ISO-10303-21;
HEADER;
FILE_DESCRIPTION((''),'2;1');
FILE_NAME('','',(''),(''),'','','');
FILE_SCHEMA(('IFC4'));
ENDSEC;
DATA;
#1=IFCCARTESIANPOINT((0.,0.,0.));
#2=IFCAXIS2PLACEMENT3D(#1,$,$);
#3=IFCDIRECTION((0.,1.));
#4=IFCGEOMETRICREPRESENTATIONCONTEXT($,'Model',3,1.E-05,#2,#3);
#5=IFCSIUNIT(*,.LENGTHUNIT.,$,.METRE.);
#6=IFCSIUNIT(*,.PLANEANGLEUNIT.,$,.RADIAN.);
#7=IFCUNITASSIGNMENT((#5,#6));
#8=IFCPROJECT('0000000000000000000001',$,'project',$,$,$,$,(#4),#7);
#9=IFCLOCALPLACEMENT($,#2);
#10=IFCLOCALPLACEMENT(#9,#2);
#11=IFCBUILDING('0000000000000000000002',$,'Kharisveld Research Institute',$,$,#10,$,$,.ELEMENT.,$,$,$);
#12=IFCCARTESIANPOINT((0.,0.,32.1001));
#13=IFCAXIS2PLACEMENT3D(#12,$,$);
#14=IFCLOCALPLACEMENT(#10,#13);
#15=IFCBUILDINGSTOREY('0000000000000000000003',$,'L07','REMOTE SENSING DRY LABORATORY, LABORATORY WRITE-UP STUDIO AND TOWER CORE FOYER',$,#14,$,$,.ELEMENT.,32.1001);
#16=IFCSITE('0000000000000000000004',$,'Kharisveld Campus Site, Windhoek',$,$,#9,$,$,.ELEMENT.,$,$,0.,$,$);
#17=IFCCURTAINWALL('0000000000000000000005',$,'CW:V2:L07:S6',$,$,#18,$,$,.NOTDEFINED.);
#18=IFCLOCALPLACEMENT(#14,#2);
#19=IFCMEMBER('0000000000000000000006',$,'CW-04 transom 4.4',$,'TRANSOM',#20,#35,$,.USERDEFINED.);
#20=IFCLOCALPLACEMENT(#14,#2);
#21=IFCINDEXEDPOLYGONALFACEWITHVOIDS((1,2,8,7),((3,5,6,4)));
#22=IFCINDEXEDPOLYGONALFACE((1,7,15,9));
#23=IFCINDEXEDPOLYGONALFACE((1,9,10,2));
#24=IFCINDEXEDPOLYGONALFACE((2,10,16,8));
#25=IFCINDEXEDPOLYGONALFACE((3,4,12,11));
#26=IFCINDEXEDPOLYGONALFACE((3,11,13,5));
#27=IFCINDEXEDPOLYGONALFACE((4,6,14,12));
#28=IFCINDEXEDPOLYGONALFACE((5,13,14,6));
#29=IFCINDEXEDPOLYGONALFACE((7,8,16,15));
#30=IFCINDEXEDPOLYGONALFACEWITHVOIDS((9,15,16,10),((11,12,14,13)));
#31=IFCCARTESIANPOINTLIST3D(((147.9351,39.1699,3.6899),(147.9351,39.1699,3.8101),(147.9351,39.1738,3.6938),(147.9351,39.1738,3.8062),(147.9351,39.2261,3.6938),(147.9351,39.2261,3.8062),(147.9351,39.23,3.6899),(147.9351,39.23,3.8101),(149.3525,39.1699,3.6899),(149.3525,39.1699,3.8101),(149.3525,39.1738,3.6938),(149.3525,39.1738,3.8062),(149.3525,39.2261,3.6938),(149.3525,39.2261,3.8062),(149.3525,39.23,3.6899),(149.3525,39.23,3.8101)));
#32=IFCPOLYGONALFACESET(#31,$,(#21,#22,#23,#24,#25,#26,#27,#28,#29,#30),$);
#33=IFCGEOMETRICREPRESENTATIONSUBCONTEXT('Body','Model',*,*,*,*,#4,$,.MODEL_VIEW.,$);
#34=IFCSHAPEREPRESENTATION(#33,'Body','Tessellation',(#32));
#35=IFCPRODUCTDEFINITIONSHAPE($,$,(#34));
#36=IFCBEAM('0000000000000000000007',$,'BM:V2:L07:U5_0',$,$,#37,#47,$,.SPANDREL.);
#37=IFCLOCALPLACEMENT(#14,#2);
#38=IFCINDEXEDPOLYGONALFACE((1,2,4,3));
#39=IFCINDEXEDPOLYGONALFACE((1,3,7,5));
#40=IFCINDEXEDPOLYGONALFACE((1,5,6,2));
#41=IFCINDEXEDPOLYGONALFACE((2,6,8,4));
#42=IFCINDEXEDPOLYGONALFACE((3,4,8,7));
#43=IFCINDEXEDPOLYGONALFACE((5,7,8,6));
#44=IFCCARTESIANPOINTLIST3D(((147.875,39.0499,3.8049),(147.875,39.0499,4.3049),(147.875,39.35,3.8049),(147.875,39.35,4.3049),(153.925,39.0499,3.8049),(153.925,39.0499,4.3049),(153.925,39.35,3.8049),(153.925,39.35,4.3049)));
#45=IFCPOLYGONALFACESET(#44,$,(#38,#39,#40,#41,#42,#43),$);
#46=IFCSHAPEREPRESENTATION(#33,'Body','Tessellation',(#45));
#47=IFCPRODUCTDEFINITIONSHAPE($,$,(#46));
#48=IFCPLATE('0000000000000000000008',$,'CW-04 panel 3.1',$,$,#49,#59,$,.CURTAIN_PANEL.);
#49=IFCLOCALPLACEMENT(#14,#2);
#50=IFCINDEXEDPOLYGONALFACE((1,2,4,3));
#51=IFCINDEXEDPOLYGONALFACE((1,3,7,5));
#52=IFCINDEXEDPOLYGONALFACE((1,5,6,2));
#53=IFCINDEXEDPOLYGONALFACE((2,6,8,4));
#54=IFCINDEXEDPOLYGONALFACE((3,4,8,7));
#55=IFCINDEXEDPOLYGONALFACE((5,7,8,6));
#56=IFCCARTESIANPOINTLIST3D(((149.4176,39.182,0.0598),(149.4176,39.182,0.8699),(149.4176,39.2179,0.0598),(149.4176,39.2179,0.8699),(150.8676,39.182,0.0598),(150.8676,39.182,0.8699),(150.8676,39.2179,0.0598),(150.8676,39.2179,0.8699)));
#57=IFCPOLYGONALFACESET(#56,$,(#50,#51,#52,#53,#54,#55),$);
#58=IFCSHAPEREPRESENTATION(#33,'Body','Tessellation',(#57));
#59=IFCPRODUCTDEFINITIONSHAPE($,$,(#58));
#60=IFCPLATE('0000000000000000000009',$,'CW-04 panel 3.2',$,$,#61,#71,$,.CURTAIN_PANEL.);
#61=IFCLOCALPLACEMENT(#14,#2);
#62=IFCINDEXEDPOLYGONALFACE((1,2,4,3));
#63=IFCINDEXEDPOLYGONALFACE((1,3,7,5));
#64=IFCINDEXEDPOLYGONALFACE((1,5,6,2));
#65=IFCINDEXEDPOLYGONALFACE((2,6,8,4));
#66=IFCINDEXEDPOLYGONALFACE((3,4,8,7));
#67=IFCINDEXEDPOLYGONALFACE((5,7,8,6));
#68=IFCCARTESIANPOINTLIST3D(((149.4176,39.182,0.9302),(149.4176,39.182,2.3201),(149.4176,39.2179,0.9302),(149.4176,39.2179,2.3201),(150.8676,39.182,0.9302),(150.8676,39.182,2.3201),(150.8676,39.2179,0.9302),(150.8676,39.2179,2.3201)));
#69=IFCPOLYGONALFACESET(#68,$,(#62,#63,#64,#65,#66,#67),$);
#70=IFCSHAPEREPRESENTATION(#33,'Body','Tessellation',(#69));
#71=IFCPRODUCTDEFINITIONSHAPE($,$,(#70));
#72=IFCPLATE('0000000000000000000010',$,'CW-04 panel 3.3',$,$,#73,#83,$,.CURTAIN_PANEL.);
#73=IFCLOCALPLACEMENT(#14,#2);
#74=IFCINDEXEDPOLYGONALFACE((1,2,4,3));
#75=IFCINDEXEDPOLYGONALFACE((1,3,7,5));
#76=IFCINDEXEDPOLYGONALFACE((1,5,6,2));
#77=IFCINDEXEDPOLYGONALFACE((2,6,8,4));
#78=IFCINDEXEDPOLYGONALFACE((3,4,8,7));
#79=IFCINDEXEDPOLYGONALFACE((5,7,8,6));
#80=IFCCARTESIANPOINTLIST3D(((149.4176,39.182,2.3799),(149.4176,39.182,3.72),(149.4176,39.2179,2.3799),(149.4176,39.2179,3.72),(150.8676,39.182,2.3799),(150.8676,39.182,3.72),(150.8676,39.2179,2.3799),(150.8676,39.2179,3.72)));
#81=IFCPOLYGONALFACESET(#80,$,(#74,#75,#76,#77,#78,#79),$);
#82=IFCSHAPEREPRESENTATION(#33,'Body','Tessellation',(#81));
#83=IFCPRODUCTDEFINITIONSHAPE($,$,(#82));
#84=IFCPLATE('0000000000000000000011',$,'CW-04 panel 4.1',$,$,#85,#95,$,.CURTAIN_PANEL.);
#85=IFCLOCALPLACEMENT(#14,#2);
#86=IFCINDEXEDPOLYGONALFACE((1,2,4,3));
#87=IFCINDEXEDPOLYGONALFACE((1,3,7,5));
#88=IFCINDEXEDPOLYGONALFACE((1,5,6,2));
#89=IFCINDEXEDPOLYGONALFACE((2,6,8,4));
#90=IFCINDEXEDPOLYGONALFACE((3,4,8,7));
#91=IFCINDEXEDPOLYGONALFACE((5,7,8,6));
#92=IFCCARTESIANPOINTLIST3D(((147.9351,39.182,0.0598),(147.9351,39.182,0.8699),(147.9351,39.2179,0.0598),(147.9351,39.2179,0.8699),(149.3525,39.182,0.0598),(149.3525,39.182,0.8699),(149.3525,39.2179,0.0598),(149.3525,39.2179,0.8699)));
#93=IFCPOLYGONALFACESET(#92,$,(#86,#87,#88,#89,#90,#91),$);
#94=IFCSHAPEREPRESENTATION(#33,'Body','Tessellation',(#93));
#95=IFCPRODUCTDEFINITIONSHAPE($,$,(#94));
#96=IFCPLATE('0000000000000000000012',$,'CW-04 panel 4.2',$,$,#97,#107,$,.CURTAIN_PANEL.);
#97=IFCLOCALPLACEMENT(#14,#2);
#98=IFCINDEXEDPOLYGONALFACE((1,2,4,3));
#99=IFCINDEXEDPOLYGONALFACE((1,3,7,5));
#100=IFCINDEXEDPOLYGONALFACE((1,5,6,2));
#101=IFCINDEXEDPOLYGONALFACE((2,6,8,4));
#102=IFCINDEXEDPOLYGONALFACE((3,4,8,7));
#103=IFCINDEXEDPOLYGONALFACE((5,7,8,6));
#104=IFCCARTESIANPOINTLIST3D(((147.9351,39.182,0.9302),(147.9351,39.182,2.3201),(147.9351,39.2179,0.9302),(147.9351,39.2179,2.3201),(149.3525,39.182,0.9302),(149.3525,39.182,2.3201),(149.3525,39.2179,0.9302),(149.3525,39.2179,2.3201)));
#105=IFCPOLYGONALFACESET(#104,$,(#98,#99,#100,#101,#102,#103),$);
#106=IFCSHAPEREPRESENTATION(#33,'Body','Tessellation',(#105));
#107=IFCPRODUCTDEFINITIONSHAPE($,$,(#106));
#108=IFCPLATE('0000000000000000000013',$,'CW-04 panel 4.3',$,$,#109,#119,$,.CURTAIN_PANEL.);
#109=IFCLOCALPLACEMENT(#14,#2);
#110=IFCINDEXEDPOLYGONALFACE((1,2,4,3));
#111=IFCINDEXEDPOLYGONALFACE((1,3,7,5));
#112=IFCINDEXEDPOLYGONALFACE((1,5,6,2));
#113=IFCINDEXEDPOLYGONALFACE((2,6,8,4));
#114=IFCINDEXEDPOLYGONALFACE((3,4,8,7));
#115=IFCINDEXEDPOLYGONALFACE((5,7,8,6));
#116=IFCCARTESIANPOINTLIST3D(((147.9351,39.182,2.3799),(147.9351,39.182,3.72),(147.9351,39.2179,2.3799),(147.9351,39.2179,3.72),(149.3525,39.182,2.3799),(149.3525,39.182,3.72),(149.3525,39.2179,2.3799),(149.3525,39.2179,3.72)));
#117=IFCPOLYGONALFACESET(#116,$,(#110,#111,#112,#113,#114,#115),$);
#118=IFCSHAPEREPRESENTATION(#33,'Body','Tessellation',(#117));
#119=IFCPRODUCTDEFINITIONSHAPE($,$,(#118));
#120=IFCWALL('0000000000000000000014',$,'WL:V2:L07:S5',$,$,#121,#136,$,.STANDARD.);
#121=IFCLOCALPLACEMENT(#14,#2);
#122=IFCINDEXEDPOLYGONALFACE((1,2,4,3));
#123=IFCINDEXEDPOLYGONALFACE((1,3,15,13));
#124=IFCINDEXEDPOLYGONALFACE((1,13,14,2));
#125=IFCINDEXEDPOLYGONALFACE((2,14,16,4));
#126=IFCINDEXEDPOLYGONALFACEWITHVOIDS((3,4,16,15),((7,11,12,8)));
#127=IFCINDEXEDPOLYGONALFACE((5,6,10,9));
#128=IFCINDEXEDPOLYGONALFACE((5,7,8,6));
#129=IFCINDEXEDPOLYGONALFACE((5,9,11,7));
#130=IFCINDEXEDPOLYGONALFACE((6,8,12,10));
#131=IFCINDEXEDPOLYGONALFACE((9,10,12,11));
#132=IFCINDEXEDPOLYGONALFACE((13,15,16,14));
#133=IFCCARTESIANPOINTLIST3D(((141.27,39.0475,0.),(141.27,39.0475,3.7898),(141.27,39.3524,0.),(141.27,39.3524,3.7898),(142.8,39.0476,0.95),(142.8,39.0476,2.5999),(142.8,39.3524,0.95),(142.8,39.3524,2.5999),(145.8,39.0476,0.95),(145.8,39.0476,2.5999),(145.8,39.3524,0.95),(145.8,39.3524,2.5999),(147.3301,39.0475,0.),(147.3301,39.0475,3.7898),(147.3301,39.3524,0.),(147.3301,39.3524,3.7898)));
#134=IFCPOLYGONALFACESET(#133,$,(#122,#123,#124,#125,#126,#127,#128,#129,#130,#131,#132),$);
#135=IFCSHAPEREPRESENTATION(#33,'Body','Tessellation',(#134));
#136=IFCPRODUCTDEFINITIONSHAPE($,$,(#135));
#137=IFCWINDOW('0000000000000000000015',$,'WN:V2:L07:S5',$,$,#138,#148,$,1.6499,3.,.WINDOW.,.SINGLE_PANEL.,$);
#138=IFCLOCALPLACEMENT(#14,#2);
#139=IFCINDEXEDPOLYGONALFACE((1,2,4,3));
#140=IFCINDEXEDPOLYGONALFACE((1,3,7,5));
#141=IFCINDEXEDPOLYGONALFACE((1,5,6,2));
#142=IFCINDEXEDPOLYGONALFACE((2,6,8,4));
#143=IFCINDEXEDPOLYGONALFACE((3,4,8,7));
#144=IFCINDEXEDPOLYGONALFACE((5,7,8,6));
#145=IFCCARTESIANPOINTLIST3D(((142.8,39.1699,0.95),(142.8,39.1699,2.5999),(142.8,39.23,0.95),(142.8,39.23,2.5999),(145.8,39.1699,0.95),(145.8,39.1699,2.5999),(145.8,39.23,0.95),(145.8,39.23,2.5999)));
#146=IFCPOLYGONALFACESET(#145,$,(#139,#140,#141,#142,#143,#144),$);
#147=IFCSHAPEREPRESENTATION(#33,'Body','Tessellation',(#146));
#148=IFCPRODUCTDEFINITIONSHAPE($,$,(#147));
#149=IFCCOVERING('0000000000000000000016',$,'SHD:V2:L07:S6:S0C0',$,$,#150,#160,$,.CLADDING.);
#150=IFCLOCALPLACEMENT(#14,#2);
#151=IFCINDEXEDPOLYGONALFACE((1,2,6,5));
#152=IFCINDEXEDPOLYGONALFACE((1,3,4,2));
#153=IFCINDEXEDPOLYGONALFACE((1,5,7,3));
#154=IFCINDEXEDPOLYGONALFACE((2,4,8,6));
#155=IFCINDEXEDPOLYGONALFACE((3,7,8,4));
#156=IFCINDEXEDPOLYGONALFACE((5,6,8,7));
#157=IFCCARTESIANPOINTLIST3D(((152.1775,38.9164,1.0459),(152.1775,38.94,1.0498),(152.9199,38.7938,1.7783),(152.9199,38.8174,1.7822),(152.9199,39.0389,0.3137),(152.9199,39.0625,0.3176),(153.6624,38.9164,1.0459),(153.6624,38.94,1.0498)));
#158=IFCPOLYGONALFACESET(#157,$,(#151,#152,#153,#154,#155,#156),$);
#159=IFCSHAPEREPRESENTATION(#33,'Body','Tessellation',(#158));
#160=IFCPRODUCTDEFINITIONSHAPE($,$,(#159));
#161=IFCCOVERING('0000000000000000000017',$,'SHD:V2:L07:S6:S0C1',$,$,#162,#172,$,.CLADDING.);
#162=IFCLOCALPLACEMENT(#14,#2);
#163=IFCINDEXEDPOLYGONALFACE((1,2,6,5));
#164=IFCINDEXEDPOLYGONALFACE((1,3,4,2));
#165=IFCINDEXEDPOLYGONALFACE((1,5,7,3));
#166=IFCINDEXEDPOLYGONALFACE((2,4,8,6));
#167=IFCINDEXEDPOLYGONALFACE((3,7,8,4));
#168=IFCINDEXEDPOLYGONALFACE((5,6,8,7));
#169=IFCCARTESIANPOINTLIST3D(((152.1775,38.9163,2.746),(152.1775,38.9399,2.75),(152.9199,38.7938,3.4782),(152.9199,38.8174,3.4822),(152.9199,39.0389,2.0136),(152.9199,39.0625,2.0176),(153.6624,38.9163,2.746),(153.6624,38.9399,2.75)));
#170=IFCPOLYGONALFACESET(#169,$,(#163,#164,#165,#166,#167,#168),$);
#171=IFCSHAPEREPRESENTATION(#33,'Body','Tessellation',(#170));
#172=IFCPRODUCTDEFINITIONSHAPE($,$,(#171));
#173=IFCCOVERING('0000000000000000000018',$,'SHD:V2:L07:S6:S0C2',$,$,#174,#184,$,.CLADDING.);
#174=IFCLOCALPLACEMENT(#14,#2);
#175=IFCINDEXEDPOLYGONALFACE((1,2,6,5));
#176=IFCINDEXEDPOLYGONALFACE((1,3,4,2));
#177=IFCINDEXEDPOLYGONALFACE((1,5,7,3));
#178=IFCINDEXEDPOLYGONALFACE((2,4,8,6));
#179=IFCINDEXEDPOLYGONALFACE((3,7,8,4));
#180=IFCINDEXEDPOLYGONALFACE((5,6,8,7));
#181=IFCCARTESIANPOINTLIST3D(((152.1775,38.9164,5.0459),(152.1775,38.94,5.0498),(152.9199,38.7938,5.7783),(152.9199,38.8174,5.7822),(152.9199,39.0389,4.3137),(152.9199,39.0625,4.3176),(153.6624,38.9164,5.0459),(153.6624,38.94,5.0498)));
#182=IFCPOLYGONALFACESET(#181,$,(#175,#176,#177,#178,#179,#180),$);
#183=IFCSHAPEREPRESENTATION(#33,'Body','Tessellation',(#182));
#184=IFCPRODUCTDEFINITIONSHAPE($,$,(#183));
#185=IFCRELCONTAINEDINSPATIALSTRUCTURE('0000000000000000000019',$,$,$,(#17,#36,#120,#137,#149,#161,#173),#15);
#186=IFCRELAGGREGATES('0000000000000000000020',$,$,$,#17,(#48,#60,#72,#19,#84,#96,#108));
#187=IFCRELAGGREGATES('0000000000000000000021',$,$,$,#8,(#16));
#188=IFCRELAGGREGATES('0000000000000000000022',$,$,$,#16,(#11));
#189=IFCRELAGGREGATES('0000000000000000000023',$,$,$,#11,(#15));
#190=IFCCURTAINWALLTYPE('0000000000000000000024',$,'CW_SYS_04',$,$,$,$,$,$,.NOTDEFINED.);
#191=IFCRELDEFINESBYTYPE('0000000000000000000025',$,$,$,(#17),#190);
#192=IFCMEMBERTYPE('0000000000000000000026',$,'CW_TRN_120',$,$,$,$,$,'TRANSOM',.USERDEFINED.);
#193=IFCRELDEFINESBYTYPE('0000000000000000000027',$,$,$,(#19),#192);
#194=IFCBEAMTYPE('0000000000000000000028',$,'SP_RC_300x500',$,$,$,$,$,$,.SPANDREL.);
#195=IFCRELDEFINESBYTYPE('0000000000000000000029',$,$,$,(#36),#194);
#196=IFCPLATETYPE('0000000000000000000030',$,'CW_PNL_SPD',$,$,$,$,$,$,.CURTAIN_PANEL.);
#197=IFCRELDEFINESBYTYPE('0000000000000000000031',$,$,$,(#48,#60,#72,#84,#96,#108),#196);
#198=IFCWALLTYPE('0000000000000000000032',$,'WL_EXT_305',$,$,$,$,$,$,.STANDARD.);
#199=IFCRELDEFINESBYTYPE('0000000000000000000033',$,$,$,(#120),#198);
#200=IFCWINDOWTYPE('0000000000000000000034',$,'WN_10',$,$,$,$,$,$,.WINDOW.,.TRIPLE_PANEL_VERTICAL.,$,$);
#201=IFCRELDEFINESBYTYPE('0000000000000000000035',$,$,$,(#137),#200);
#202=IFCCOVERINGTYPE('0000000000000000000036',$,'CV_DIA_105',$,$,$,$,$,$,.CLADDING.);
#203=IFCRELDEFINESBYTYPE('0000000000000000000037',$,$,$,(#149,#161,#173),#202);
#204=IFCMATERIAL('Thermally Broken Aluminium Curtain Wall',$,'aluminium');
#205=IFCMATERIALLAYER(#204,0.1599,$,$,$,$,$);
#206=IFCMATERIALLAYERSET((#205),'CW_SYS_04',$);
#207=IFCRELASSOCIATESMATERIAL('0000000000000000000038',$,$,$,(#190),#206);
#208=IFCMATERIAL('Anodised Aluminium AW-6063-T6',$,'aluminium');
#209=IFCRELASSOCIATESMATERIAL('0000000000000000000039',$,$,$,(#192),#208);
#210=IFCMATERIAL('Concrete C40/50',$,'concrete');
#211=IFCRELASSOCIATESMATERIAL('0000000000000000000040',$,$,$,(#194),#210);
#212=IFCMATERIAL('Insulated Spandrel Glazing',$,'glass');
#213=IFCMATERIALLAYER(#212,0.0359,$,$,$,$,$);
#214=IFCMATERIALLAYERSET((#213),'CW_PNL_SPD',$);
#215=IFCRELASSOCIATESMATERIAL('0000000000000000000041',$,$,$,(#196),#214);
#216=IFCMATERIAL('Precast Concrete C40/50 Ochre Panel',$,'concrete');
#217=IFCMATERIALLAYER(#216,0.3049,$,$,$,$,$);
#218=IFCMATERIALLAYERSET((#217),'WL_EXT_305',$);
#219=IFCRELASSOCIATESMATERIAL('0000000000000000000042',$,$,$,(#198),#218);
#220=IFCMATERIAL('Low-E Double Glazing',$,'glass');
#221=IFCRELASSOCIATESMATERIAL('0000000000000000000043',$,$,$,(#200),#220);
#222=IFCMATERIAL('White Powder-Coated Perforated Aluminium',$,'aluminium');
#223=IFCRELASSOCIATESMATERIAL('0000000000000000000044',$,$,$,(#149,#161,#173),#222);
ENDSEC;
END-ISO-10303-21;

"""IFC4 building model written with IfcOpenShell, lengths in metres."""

from ifc_helpers import new_model, si_unit, direction, frame, frame_2d, origin, origin_2d, place, context, subcontext, project, spatial, polyline, rectangle, hollow_rectangle, outline, extrude, material, layer, layer_set, material_profile, profile_set, type_object, element, fill, aggregate, save


model = new_model("IFC4")

# Units and contexts
model_context = context("Model", 3, precision=1e-05, world=origin(), true_north=direction((0.0, 1.0)))
body_context = subcontext(model_context, "Body", "Model", "MODEL_VIEW")
ifc_project = project(units=[si_unit("LENGTHUNIT", "METRE"), si_unit("PLANEANGLEUNIT", "RADIAN")], contexts=[model_context])

# Site, building, storey
site_placement = place(None, origin())
site = spatial("IfcSite", under=ifc_project, at=site_placement, Name="Kharisveld Campus Site, Windhoek", CompositionType="ELEMENT", RefElevation=0.0)
building_placement = place(site_placement, origin())
building = spatial("IfcBuilding", under=site, at=building_placement, Name="Kharisveld Research Institute", CompositionType="ELEMENT")
storey_placement = place(building_placement, frame((0.0, 0.0, 32.1001)))
storey = spatial("IfcBuildingStorey", under=building, at=storey_placement, Name="L07", Description="REMOTE SENSING DRY LABORATORY, LABORATORY WRITE-UP STUDIO AND TOWER CORE FOYER", CompositionType="ELEMENT", Elevation=32.1001)

# Curtain wall, member
ifc_material_1 = material(Name="Thermally Broken Aluminium Curtain Wall", Category="aluminium")
ifc_layer_1 = layer(ifc_material_1, 0.1599)
ifc_layer_set_1 = layer_set([ifc_layer_1], Name="CW_SYS_04")
curtain_wall_type = type_object("IfcCurtainWallType", Name="CW_SYS_04", PredefinedType="NOTDEFINED", material=ifc_layer_set_1)
curtain_wall_placement = place(storey_placement, origin())
curtain_wall = element("IfcCurtainWall", 1, at=curtain_wall_placement, inside=storey, type_object=curtain_wall_type, Name="CW:V2:L07:S6", PredefinedType="NOTDEFINED")
ifc_material_2 = material(Name="Anodised Aluminium AW-6063-T6", Category="aluminium")
ifc_material_profile_1 = material_profile(ifc_material_2, hollow_rectangle(XDim=0.0601, YDim=0.1201, WallThickness=0.0039, at=origin_2d()))
ifc_profile_set_1 = profile_set([ifc_material_profile_1], Name="Anodised Aluminium AW-6063-T6")
member_type_1 = type_object("IfcMemberType", Name="CW_TRN_120", ElementType="TRANSOM", PredefinedType="USERDEFINED", material=ifc_profile_set_1)
member_1_placement = place(storey_placement, frame((149.3525, 39.2, 3.75), z_axis=(-1.0, 0.0, 0.0), x_axis=(0.0, -1.0, 0.0)))
member_1 = element("IfcMember", 2, at=member_1_placement, type_object=member_type_1, Name="CW-04 transom 4.4", ObjectType="TRANSOM", PredefinedType="USERDEFINED", context=body_context, shape_type="SweptSolid", body=[
    extrude(hollow_rectangle(XDim=0.0601, YDim=0.1201, WallThickness=0.0039, at=origin_2d()), origin(), (0.0, 0.0, 1.0), 1.4175),
])

# Beam
ifc_material_3 = material(Name="Concrete C40/50", Category="concrete")
ifc_material_profile_2 = material_profile(ifc_material_3, rectangle(XDim=0.3, YDim=0.5, at=origin_2d()))
ifc_profile_set_2 = profile_set([ifc_material_profile_2], Name="Concrete C40/50")
beam_type = type_object("IfcBeamType", Name="SP_RC_300x500", PredefinedType="SPANDREL", material=ifc_profile_set_2)
beam_placement = place(storey_placement, frame((147.875, 39.2, 4.0549), z_axis=(1.0, 0.0, 0.0), x_axis=(0.0, 1.0, 0.0)))
element("IfcBeam", 3, at=beam_placement, inside=storey, type_object=beam_type, Name="BM:V2:L07:U5_0", PredefinedType="SPANDREL", context=body_context, shape_type="SweptSolid", body=[
    extrude(rectangle(XDim=0.3, YDim=0.5, at=origin_2d()), origin(), (0.0, 0.0, 1.0), 6.05),
])

# Plates
ifc_material_4 = material(Name="Insulated Spandrel Glazing", Category="glass")
ifc_layer_2 = layer(ifc_material_4, 0.0359)
ifc_layer_set_2 = layer_set([ifc_layer_2], Name="CW_PNL_SPD")
plate_type = type_object("IfcPlateType", Name="CW_PNL_SPD", PredefinedType="CURTAIN_PANEL", material=ifc_layer_set_2)
plate_1_placement = place(storey_placement, frame((150.1426, 39.2, 0.0598), z_axis=(0.0, 0.0, 1.0), x_axis=(-1.0, 0.0, 0.0)))
plate_1 = element("IfcPlate", 4, at=plate_1_placement, type_object=plate_type, Name="CW-04 panel 3.1", PredefinedType="CURTAIN_PANEL", context=body_context, shape_type="SweptSolid", body=[
    extrude(rectangle(XDim=1.45, YDim=0.0359, at=origin_2d()), origin(), (0.0, 0.0, 1.0), 0.8101),
])
plate_2_placement = place(storey_placement, frame((150.1426, 39.2, 0.9302), z_axis=(0.0, 0.0, 1.0), x_axis=(-1.0, 0.0, 0.0)))
plate_2 = element("IfcPlate", 5, at=plate_2_placement, type_object=plate_type, Name="CW-04 panel 3.2", PredefinedType="CURTAIN_PANEL", context=body_context, shape_type="SweptSolid", body=[
    extrude(rectangle(XDim=1.45, YDim=0.0359, at=origin_2d()), origin(), (0.0, 0.0, 1.0), 1.3899),
])
plate_3_placement = place(storey_placement, frame((150.1426, 39.2, 2.3799), z_axis=(0.0, 0.0, 1.0), x_axis=(-1.0, 0.0, 0.0)))
plate_3 = element("IfcPlate", 6, at=plate_3_placement, type_object=plate_type, Name="CW-04 panel 3.3", PredefinedType="CURTAIN_PANEL", context=body_context, shape_type="SweptSolid", body=[
    extrude(rectangle(XDim=1.45, YDim=0.0359, at=origin_2d()), origin(), (0.0, 0.0, 1.0), 1.3401),
])
plate_4_placement = place(storey_placement, frame((148.6438, 39.2, 0.0598), z_axis=(0.0, 0.0, 1.0), x_axis=(-1.0, 0.0, 0.0)))
plate_4 = element("IfcPlate", 7, at=plate_4_placement, type_object=plate_type, Name="CW-04 panel 4.1", PredefinedType="CURTAIN_PANEL", context=body_context, shape_type="SweptSolid", body=[
    extrude(rectangle(XDim=1.4175, YDim=0.0359, at=origin_2d()), origin(), (0.0, 0.0, 1.0), 0.8101),
])
plate_5_placement = place(storey_placement, frame((148.6438, 39.2, 0.9302), z_axis=(0.0, 0.0, 1.0), x_axis=(-1.0, 0.0, 0.0)))
plate_5 = element("IfcPlate", 8, at=plate_5_placement, type_object=plate_type, Name="CW-04 panel 4.2", PredefinedType="CURTAIN_PANEL", context=body_context, shape_type="SweptSolid", body=[
    extrude(rectangle(XDim=1.4175, YDim=0.0359, at=origin_2d()), origin(), (0.0, 0.0, 1.0), 1.3899),
])
plate_6_placement = place(storey_placement, frame((148.6438, 39.2, 2.3799), z_axis=(0.0, 0.0, 1.0), x_axis=(-1.0, 0.0, 0.0)))
plate_6 = element("IfcPlate", 9, at=plate_6_placement, type_object=plate_type, Name="CW-04 panel 4.3", PredefinedType="CURTAIN_PANEL", context=body_context, shape_type="SweptSolid", body=[
    extrude(rectangle(XDim=1.4175, YDim=0.0359, at=origin_2d()), origin(), (0.0, 0.0, 1.0), 1.3401),
])
aggregate(curtain_wall, [plate_1, plate_2, plate_3, member_1, plate_4, plate_5, plate_6])

# Wall, opening, window
ifc_material_5 = material(Name="Precast Concrete C40/50 Ochre Panel", Category="concrete")
ifc_layer_3 = layer(ifc_material_5, 0.3049)
ifc_layer_set_3 = layer_set([ifc_layer_3], Name="WL_EXT_305")
wall_type = type_object("IfcWallType", Name="WL_EXT_305", PredefinedType="STANDARD", material=ifc_layer_set_3)
wall_placement = place(storey_placement, frame((147.3301, 39.2, 0.0), z_axis=(0.0, 0.0, 1.0), x_axis=(-1.0, 0.0, 0.0)))
wall = element("IfcWall", 10, at=wall_placement, inside=storey, type_object=wall_type, Name="WL:V2:L07:S5", PredefinedType="STANDARD", context=body_context, shape_type="SweptSolid", body=[
    extrude(rectangle(XDim=6.0601, YDim=0.3049, at=frame_2d((3.03, 0.0))), origin(), (0.0, 0.0, 1.0), 3.7898),
])
opening_placement = place(wall_placement, frame((1.53, 0.0, 0.95)))
opening = element("IfcOpeningElement", 11, at=opening_placement, cuts=wall, PredefinedType="OPENING", context=body_context, shape_type="SweptSolid", body=[
    extrude(rectangle(XDim=3.0, YDim=1.6499, at=frame_2d((1.5, 0.825))), frame((0.0, 0.1523, 0.0), z_axis=(0.0, -1.0, 0.0), x_axis=(1.0, 0.0, 0.0)), (0.0, 0.0, 1.0), 0.3049),
])
ifc_material_6 = material(Name="Low-E Double Glazing", Category="glass")
window_type = type_object("IfcWindowType", Name="WN_10", PartitioningType="TRIPLE_PANEL_VERTICAL", PredefinedType="WINDOW", material=ifc_material_6)
window_placement = place(opening_placement, origin())
window = element("IfcWindow", 12, at=window_placement, inside=storey, type_object=window_type, Name="WN:V2:L07:S5", OverallHeight=1.6499, OverallWidth=3.0, PartitioningType="SINGLE_PANEL", PredefinedType="WINDOW", context=body_context, shape_type="SweptSolid", body=[
    extrude(rectangle(XDim=3.0, YDim=1.6499, at=frame_2d((1.5, 0.825))), frame((0.0, 0.03, 0.0), z_axis=(0.0, -1.0, 0.0), x_axis=(1.0, 0.0, 0.0)), (0.0, 0.0, 1.0), 0.0601),
])
fill(opening, window)

# Coverings
ifc_material_7 = material(Name="White Powder-Coated Perforated Aluminium", Category="aluminium")
covering_type = type_object("IfcCoveringType", Name="CV_DIA_105", PredefinedType="CLADDING")
covering_1_placement = place(storey_placement, frame((152.9199, 39.0625, 0.3176), z_axis=(0.0, 0.986283, 0.165065), x_axis=(-0.707139, -0.116714, 0.697376)))
element("IfcCovering", 13, at=covering_1_placement, inside=storey, type_object=covering_type, material=ifc_material_7, Name="SHD:V2:L07:S6:S0C0", PredefinedType="CLADDING", context=body_context, shape_type="SweptSolid", body=[
    extrude(outline(polyline([(0.0, 0.0), (1.0499, 0.0), (1.05, 1.0501), (-0.0001, 1.0499), (0.0, 0.0)])), origin(), (0.0, 0.0, -1.0), 0.0239),
])
covering_2_placement = place(storey_placement, frame((152.9199, 39.0625, 2.0176), z_axis=(0.0, 0.986283, 0.165065), x_axis=(-0.707024, -0.116733, 0.697489)))
element("IfcCovering", 14, at=covering_2_placement, inside=storey, type_object=covering_type, material=ifc_material_7, Name="SHD:V2:L07:S6:S0C1", PredefinedType="CLADDING", context=body_context, shape_type="SweptSolid", body=[
    extrude(outline(polyline([(0.0, 0.0), (1.0501, 0.0), (1.0502, 1.0499), (0.0002, 1.0501), (0.0, 0.0)])), origin(), (0.0, 0.0, -1.0), 0.0239),
])
covering_3_placement = place(storey_placement, frame((152.9199, 39.0625, 4.3176), z_axis=(0.0, 0.986283, 0.165065), x_axis=(-0.707139, -0.116714, 0.697376)))
element("IfcCovering", 15, at=covering_3_placement, inside=storey, type_object=covering_type, material=ifc_material_7, Name="SHD:V2:L07:S6:S0C2", PredefinedType="CLADDING", context=body_context, shape_type="SweptSolid", body=[
    extrude(outline(polyline([(0.0, 0.0), (1.0499, 0.0), (1.05, 1.0501), (-0.0001, 1.0499), (0.0, 0.0)])), origin(), (0.0, 0.0, -1.0), 0.0239),
])

save(model, "model.ifc")
